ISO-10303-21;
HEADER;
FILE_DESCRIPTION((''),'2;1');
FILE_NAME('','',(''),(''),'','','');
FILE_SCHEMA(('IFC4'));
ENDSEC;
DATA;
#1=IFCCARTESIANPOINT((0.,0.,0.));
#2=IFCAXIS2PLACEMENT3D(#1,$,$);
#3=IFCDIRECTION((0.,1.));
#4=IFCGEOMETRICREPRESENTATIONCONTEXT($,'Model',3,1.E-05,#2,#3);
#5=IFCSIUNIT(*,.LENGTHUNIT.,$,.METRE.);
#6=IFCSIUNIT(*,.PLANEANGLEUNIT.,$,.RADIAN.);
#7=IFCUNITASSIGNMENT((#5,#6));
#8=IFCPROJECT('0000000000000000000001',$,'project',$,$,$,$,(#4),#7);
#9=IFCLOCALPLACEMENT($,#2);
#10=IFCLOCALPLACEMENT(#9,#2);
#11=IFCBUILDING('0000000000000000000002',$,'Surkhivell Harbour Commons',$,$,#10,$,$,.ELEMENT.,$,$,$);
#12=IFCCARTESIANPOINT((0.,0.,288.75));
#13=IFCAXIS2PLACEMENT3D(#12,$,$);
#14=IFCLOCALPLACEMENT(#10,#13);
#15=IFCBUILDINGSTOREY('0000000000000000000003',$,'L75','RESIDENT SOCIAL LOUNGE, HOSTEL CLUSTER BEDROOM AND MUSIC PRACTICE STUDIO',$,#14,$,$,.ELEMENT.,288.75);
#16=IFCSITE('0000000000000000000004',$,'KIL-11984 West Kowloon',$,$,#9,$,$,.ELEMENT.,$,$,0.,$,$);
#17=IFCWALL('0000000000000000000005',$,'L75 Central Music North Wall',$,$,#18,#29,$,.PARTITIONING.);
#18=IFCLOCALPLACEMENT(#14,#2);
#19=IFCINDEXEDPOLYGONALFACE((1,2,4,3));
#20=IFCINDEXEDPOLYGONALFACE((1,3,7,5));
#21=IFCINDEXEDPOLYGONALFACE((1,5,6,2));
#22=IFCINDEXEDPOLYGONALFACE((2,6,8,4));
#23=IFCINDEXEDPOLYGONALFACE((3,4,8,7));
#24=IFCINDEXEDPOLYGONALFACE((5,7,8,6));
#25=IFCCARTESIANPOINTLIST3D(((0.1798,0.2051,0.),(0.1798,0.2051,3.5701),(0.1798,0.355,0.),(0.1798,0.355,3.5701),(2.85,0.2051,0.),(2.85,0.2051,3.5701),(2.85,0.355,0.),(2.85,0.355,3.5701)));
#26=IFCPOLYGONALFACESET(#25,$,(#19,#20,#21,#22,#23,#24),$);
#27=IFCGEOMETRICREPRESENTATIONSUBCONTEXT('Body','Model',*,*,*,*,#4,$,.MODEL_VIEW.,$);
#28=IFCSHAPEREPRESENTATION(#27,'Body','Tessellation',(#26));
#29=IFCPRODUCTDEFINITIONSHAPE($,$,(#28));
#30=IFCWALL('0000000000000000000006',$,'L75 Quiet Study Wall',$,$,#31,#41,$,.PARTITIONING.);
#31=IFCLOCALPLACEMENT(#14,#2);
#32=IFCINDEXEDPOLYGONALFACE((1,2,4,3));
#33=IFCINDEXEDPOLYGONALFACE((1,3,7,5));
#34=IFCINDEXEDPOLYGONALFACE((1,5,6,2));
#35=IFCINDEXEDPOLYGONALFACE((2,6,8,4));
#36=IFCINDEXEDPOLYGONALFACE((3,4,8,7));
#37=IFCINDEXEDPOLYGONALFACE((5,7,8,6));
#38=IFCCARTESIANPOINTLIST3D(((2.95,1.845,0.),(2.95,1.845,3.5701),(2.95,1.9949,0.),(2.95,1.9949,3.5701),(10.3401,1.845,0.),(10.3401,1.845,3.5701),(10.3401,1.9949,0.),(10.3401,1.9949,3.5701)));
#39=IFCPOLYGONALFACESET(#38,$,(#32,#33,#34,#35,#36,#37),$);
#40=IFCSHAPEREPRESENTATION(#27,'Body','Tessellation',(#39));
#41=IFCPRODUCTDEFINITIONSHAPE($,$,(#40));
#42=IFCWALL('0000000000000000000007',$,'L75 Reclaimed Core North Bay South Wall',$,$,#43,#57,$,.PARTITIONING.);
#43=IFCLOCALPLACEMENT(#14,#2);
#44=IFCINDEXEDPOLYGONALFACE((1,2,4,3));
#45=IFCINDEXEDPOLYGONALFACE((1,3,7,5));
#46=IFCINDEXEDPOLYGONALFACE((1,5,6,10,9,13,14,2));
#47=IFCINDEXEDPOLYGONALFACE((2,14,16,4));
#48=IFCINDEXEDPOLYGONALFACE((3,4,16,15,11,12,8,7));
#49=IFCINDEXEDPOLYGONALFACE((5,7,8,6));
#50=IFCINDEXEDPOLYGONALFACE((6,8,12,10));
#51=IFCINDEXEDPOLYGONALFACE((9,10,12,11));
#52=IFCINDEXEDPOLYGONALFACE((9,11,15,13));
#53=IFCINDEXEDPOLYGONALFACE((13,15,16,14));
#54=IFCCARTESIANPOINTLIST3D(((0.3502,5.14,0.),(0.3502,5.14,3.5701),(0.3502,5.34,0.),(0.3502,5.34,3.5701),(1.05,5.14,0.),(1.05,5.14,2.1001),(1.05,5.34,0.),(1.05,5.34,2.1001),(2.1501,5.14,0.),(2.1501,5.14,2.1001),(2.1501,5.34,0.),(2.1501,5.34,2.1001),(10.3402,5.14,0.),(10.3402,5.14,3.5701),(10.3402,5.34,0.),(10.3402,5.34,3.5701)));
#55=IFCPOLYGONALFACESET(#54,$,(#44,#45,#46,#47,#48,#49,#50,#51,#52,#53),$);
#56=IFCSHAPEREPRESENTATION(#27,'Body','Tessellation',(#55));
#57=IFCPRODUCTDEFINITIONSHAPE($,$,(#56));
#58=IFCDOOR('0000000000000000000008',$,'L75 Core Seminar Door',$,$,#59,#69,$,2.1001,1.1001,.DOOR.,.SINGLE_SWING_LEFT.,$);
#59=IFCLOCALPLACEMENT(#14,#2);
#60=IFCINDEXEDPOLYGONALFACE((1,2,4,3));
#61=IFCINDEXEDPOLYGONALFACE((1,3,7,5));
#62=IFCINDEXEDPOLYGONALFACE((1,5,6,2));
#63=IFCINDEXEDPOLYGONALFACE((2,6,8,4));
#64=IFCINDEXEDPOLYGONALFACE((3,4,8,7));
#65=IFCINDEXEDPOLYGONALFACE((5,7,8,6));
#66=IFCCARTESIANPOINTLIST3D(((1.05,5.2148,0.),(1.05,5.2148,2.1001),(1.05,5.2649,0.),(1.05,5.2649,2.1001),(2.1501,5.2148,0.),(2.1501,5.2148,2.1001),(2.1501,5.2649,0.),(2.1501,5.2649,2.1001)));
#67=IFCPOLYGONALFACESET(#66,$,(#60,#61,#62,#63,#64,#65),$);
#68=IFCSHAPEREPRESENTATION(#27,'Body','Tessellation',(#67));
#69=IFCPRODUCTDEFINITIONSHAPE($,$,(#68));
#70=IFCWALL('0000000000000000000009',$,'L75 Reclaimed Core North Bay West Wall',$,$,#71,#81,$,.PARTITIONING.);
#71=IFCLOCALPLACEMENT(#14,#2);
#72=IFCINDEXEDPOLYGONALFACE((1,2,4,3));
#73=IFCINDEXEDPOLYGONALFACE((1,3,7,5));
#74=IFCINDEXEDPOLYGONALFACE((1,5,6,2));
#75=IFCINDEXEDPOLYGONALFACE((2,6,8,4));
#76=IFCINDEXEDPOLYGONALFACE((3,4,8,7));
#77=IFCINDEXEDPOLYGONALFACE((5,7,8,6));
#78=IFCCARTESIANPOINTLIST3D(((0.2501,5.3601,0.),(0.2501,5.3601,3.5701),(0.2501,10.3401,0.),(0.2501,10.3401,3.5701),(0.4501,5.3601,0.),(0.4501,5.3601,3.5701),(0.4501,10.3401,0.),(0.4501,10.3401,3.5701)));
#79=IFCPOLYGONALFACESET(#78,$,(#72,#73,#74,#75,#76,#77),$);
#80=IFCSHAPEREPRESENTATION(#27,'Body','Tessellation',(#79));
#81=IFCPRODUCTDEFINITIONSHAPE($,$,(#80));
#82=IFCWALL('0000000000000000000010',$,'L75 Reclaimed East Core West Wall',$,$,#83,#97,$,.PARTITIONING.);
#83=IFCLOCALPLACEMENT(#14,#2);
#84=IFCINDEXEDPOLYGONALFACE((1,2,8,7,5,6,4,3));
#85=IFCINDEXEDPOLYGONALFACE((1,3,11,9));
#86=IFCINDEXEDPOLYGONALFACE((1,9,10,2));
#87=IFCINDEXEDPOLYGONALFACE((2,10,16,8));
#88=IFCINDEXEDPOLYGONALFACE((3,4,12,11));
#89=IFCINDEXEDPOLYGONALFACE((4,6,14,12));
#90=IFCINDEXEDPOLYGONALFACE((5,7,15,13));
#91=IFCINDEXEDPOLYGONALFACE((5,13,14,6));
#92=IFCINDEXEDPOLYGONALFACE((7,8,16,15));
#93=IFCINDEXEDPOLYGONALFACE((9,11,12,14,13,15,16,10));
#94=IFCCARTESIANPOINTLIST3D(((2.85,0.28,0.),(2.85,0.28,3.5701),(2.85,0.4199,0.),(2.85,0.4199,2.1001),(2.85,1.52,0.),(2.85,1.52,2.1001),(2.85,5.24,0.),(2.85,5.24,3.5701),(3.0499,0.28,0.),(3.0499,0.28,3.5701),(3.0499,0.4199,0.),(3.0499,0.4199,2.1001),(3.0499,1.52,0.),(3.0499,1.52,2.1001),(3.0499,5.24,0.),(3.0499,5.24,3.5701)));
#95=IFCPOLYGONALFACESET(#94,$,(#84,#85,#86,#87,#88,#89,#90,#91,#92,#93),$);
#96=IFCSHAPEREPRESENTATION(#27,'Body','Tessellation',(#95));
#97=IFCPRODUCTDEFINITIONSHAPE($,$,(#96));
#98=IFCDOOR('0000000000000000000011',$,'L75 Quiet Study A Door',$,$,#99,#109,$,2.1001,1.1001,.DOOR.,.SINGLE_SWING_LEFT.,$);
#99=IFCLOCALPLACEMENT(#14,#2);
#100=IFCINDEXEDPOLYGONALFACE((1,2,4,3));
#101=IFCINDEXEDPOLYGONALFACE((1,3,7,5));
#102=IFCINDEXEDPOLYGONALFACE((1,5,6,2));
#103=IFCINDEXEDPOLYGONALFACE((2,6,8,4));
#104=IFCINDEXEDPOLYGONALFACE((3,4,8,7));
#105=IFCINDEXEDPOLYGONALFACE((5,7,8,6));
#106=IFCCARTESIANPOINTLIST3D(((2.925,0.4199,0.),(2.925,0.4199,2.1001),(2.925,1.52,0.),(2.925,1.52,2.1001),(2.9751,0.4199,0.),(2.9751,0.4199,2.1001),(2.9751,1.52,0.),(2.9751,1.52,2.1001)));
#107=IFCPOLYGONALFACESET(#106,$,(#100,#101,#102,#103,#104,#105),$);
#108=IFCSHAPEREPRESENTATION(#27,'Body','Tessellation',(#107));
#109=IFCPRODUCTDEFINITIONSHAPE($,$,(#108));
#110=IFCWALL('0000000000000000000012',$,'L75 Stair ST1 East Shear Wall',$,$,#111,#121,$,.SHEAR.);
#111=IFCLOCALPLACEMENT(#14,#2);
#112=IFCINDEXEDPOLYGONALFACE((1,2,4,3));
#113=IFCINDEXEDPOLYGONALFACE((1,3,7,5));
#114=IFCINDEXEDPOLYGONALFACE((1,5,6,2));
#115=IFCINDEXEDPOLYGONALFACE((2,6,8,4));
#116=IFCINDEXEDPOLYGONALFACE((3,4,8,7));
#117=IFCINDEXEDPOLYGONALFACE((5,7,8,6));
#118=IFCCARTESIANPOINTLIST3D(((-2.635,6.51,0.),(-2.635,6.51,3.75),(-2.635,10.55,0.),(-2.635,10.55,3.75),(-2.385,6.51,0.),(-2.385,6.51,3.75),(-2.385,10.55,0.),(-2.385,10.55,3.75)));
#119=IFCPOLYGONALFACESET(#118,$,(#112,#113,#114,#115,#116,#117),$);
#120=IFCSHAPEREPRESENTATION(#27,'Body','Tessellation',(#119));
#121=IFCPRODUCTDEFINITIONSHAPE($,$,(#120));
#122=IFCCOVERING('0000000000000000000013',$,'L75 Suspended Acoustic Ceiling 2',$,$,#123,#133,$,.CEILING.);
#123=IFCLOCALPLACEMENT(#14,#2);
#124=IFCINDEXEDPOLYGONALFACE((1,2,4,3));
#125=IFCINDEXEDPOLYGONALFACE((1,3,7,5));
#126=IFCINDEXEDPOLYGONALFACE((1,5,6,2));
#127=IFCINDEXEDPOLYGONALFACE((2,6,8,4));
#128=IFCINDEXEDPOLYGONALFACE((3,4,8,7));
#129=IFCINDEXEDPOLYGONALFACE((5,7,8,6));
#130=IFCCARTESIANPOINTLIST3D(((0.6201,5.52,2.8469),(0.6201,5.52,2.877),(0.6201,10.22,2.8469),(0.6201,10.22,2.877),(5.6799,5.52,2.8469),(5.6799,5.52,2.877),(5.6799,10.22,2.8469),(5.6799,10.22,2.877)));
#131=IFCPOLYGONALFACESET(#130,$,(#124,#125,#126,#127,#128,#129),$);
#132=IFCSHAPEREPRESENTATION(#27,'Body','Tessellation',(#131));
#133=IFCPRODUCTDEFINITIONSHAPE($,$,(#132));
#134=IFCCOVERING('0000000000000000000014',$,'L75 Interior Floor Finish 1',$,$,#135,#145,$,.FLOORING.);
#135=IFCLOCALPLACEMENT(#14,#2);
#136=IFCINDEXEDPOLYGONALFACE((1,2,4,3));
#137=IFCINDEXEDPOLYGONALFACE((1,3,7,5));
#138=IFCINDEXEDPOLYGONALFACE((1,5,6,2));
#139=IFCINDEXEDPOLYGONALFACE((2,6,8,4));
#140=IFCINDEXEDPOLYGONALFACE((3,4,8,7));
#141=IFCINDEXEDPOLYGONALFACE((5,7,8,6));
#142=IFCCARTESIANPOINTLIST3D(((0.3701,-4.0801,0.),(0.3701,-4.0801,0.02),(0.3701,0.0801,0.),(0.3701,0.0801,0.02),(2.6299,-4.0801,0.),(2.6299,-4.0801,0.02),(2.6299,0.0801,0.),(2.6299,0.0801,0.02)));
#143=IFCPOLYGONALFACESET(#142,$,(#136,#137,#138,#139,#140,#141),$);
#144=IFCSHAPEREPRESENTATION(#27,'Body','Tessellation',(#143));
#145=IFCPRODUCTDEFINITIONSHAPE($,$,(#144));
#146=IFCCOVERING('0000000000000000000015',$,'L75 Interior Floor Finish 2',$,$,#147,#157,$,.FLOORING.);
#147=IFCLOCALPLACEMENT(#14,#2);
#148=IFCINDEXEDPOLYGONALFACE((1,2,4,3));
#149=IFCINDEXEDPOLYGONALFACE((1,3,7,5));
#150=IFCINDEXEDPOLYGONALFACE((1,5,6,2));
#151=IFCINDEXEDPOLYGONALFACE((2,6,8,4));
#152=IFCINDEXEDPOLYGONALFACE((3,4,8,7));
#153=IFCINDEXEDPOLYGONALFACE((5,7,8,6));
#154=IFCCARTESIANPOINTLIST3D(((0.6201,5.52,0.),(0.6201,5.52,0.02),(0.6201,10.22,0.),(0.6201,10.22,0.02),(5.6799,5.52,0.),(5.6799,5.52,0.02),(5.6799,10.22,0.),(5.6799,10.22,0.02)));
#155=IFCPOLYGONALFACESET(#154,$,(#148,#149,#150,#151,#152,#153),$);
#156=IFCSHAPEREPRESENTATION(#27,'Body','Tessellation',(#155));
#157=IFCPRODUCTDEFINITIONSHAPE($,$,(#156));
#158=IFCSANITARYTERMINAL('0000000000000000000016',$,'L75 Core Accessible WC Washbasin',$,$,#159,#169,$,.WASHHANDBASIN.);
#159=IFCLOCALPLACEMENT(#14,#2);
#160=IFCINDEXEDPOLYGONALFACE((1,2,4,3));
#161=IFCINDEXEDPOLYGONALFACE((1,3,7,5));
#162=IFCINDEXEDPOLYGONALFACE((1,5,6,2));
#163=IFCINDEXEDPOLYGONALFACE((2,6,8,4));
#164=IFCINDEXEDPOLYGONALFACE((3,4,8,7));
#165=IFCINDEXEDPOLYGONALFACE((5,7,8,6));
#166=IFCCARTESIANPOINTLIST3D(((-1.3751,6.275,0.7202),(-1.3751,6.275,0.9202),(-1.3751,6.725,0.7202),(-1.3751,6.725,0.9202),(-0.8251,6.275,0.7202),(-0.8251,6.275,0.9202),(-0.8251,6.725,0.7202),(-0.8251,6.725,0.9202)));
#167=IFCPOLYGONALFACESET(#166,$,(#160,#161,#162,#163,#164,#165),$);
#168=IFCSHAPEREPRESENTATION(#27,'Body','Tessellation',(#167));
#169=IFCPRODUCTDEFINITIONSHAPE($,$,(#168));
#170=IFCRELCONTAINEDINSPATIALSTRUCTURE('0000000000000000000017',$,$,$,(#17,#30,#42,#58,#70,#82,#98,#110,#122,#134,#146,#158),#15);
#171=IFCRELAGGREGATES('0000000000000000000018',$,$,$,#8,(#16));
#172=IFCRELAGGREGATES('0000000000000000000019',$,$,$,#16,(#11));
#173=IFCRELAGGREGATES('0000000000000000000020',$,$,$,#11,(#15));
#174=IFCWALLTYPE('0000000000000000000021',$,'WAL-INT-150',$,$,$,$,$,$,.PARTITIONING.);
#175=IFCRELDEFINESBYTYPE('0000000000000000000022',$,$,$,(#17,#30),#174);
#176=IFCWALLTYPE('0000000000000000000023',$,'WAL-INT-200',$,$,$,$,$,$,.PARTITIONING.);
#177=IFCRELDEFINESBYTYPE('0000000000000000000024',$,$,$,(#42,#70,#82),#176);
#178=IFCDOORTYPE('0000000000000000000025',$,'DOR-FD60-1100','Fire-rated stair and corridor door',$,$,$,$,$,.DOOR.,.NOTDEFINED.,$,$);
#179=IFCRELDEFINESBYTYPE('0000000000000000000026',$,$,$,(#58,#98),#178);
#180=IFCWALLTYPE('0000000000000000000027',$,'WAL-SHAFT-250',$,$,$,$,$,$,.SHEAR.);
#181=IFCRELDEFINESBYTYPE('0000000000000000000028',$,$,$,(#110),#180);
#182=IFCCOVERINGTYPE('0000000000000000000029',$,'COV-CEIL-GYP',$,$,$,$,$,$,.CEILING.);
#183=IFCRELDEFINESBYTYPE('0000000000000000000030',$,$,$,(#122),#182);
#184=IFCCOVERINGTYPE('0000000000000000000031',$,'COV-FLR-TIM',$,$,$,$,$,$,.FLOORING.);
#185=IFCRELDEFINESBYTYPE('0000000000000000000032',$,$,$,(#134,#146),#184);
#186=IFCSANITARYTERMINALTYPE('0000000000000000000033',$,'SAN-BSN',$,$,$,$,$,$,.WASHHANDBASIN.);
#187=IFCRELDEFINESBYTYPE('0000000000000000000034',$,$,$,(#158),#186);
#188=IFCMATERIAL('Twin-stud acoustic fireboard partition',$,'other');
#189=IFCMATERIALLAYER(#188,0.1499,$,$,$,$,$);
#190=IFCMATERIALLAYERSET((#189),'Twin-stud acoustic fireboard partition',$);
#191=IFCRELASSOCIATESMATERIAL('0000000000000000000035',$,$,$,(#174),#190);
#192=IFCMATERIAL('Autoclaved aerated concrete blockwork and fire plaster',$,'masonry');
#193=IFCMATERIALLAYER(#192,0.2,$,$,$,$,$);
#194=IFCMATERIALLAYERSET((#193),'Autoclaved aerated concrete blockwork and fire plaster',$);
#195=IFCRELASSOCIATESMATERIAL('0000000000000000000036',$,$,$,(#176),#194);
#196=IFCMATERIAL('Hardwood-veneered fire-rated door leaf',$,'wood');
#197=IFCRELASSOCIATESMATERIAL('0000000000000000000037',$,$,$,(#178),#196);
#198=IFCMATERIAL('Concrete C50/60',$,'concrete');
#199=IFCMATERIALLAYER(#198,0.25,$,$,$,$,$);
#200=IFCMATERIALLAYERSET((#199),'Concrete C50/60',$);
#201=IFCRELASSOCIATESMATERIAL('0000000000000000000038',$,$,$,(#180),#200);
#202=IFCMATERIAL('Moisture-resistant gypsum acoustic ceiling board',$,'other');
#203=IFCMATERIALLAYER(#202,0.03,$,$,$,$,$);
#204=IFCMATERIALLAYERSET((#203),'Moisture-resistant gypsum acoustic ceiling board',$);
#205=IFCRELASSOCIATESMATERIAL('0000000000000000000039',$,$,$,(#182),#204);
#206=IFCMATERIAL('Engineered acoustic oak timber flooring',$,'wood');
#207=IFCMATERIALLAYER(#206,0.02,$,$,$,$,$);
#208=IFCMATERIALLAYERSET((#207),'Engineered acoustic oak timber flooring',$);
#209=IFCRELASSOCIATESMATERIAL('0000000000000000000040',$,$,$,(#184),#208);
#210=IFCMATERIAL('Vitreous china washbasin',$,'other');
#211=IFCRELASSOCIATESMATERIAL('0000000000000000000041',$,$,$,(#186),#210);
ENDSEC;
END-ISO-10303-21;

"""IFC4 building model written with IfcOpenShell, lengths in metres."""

from ifc_helpers import new_model, si_unit, direction, frame, frame_2d, origin, origin_2d, place, context, subcontext, project, spatial, polyline, rectangle, outline, extrude, material, layer, layer_set, type_object, element, fill, save


model = new_model("IFC4")

# Units and contexts
model_context = context("Model", 3, precision=1e-05, world=origin(), true_north=direction((0.0, 1.0)))
body_context = subcontext(model_context, "Body", "Model", "MODEL_VIEW")
ifc_project = project(units=[si_unit("LENGTHUNIT", "METRE"), si_unit("PLANEANGLEUNIT", "RADIAN")], contexts=[model_context])

# Site, building, storey
site_placement = place(None, origin())
site = spatial("IfcSite", under=ifc_project, at=site_placement, Name="KIL-11984 West Kowloon", CompositionType="ELEMENT", RefElevation=0.0)
building_placement = place(site_placement, origin())
building = spatial("IfcBuilding", under=site, at=building_placement, Name="Surkhivell Harbour Commons", CompositionType="ELEMENT")
storey_placement = place(building_placement, frame((0.0, 0.0, 288.75)))
storey = spatial("IfcBuildingStorey", under=building, at=storey_placement, Name="L75", Description="RESIDENT SOCIAL LOUNGE, HOSTEL CLUSTER BEDROOM AND MUSIC PRACTICE STUDIO", CompositionType="ELEMENT", Elevation=288.75)

# Shared definitions
ifc_material_1 = material(Name="Concrete C50/60", Category="concrete")

# Shared definitions
ifc_material_2 = material(Name="Twin-stud acoustic fireboard partition", Category="other")
ifc_layer_1 = layer(ifc_material_2, 0.1499)
ifc_layer_set_1 = layer_set([ifc_layer_1], Name="Twin-stud acoustic fireboard partition")
wall_type_1 = type_object("IfcWallType", Name="WAL-INT-150", PredefinedType="PARTITIONING", material=ifc_layer_set_1)
ifc_material_3 = material(Name="Hardwood-veneered fire-rated door leaf", Category="wood")

# Walls
wall_1_placement = place(storey_placement, frame((0.1799, 0.28, 0.0), z_axis=(0.0, 0.0, 1.0), x_axis=(1.0, 0.0, 0.0)))
element("IfcWall", 1, at=wall_1_placement, inside=storey, type_object=wall_type_1, Name="L75 Central Music North Wall", PredefinedType="PARTITIONING", context=body_context, shape_type="SweptSolid", body=[
    extrude(rectangle(XDim=2.6702, YDim=0.1499, at=frame_2d((1.335, 0.0))), origin(), (0.0, 0.0, 1.0), 3.5701),
])
wall_2_placement = place(storey_placement, frame((2.95, 1.9199, 0.0), z_axis=(0.0, 0.0, 1.0), x_axis=(1.0, 0.0, 0.0)))
element("IfcWall", 2, at=wall_2_placement, inside=storey, type_object=wall_type_1, Name="L75 Quiet Study Wall", PredefinedType="PARTITIONING", context=body_context, shape_type="SweptSolid", body=[
    extrude(rectangle(XDim=7.3901, YDim=0.1499, at=frame_2d((3.6951, 0.0))), origin(), (0.0, 0.0, 1.0), 3.5701),
])

# Wall, opening, door
ifc_material_4 = material(Name="Autoclaved aerated concrete blockwork and fire plaster", Category="masonry")
ifc_layer_2 = layer(ifc_material_4, 0.2)
ifc_layer_set_2 = layer_set([ifc_layer_2], Name="Autoclaved aerated concrete blockwork and fire plaster")
wall_type_2 = type_object("IfcWallType", Name="WAL-INT-200", PredefinedType="PARTITIONING", material=ifc_layer_set_2)
wall_3_placement = place(storey_placement, frame((0.3501, 5.24, 0.0), z_axis=(0.0, 0.0, 1.0), x_axis=(1.0, 0.0, 0.0)))
wall_3 = element("IfcWall", 3, at=wall_3_placement, inside=storey, type_object=wall_type_2, Name="L75 Reclaimed Core North Bay South Wall", PredefinedType="PARTITIONING", context=body_context, shape_type="SweptSolid", body=[
    extrude(rectangle(XDim=9.99, YDim=0.2, at=frame_2d((4.9951, 0.0))), origin(), (0.0, 0.0, 1.0), 3.5701),
])
opening_1_placement = place(wall_3_placement, frame((0.7, 0.0, 0.0)))
opening_1 = element("IfcOpeningElement", 4, at=opening_1_placement, cuts=wall_3, PredefinedType="OPENING", context=body_context, shape_type="SweptSolid", body=[
    extrude(rectangle(XDim=1.1001, YDim=2.1001, at=frame_2d((0.55, 1.05))), frame((0.0, 0.1099, 0.0), z_axis=(0.0, -1.0, 0.0), x_axis=(1.0, 0.0, 0.0)), (0.0, 0.0, 1.0), 0.22),
])
door_type_1 = type_object("IfcDoorType", Name="DOR-FD60-1100", Description="Fire-rated stair and corridor door", OperationType="NOTDEFINED", PredefinedType="DOOR", material=ifc_material_3)
door_1_placement = place(opening_1_placement, origin())
door_1 = element("IfcDoor", 5, at=door_1_placement, inside=storey, type_object=door_type_1, Name="L75 Core Seminar Door", OperationType="SINGLE_SWING_LEFT", OverallHeight=2.1001, OverallWidth=1.1001, PredefinedType="DOOR", context=body_context, shape_type="SweptSolid", body=[
    extrude(rectangle(XDim=1.1001, YDim=2.1001, at=frame_2d((0.55, 1.05))), frame((0.0, 0.0249, 0.0), z_axis=(0.0, -1.0, 0.0), x_axis=(1.0, 0.0, 0.0)), (0.0, 0.0, 1.0), 0.05),
])
fill(opening_1, door_1)

# Wall
wall_4_placement = place(storey_placement, frame((0.3501, 5.3601, 0.0), z_axis=(0.0, 0.0, 1.0), x_axis=(0.0, 1.0, 0.0)))
element("IfcWall", 6, at=wall_4_placement, inside=storey, type_object=wall_type_2, Name="L75 Reclaimed Core North Bay West Wall", PredefinedType="PARTITIONING", context=body_context, shape_type="SweptSolid", body=[
    extrude(rectangle(XDim=4.98, YDim=0.2, at=frame_2d((2.49, 0.0))), origin(), (0.0, 0.0, 1.0), 3.5701),
])

# Wall, opening, door
wall_5_placement = place(storey_placement, frame((2.95, 0.28, 0.0), z_axis=(0.0, 0.0, 1.0), x_axis=(0.0, 1.0, 0.0)))
wall_5 = element("IfcWall", 7, at=wall_5_placement, inside=storey, type_object=wall_type_2, Name="L75 Reclaimed East Core West Wall", PredefinedType="PARTITIONING", context=body_context, shape_type="SweptSolid", body=[
    extrude(rectangle(XDim=4.96, YDim=0.2, at=frame_2d((2.48, 0.0))), origin(), (0.0, 0.0, 1.0), 3.5701),
])
opening_2_placement = place(wall_5_placement, frame((0.1399, 0.0, 0.0)))
opening_2 = element("IfcOpeningElement", 8, at=opening_2_placement, cuts=wall_5, PredefinedType="OPENING", context=body_context, shape_type="SweptSolid", body=[
    extrude(rectangle(XDim=1.1001, YDim=2.1001, at=frame_2d((0.55, 1.05))), frame((0.0, 0.1099, 0.0), z_axis=(0.0, -1.0, 0.0), x_axis=(1.0, 0.0, 0.0)), (0.0, 0.0, 1.0), 0.22),
])
door_2_placement = place(opening_2_placement, origin())
door_2 = element("IfcDoor", 9, at=door_2_placement, inside=storey, type_object=door_type_1, Name="L75 Quiet Study A Door", OperationType="SINGLE_SWING_LEFT", OverallHeight=2.1001, OverallWidth=1.1001, PredefinedType="DOOR", context=body_context, shape_type="SweptSolid", body=[
    extrude(rectangle(XDim=1.1001, YDim=2.1001, at=frame_2d((0.55, 1.05))), frame((0.0, 0.0249, 0.0), z_axis=(0.0, -1.0, 0.0), x_axis=(1.0, 0.0, 0.0)), (0.0, 0.0, 1.0), 0.05),
])
fill(opening_2, door_2)

# Wall
ifc_layer_3 = layer(ifc_material_1, 0.25)
ifc_layer_set_3 = layer_set([ifc_layer_3], Name="Concrete C50/60")
wall_type_3 = type_object("IfcWallType", Name="WAL-SHAFT-250", PredefinedType="SHEAR", material=ifc_layer_set_3)
wall_6_placement = place(storey_placement, frame((-2.51, 6.51, 0.0), z_axis=(0.0, 0.0, 1.0), x_axis=(0.0, 1.0, 0.0)))
element("IfcWall", 10, at=wall_6_placement, inside=storey, type_object=wall_type_3, Name="L75 Stair ST1 East Shear Wall", PredefinedType="SHEAR", context=body_context, shape_type="SweptSolid", body=[
    extrude(rectangle(XDim=4.04, YDim=0.25, at=frame_2d((2.02, 0.0))), origin(), (0.0, 0.0, 1.0), 3.75),
])

# Coverings
ifc_material_5 = material(Name="Moisture-resistant gypsum acoustic ceiling board", Category="other")
ifc_layer_4 = layer(ifc_material_5, 0.03)
ifc_layer_set_4 = layer_set([ifc_layer_4], Name="Moisture-resistant gypsum acoustic ceiling board")
covering_type_1 = type_object("IfcCoveringType", Name="COV-CEIL-GYP", PredefinedType="CEILING", material=ifc_layer_set_4)
covering_1_placement = place(storey_placement, frame((0.0, 0.0, 2.8469)))
element("IfcCovering", 11, at=covering_1_placement, inside=storey, type_object=covering_type_1, Name="L75 Suspended Acoustic Ceiling 2", PredefinedType="CEILING", context=body_context, shape_type="SweptSolid", body=[
    extrude(outline(polyline([(0.6201, 5.52), (5.6799, 5.52), (5.6799, 10.22), (0.6201, 10.22), (0.6201, 5.52)])), origin(), (0.0, 0.0, 1.0), 0.03),
])
ifc_material_6 = material(Name="Engineered acoustic oak timber flooring", Category="wood")
ifc_layer_5 = layer(ifc_material_6, 0.02)
ifc_layer_set_5 = layer_set([ifc_layer_5], Name="Engineered acoustic oak timber flooring")
covering_type_2 = type_object("IfcCoveringType", Name="COV-FLR-TIM", PredefinedType="FLOORING", material=ifc_layer_set_5)
covering_2_placement = place(storey_placement, origin())
element("IfcCovering", 12, at=covering_2_placement, inside=storey, type_object=covering_type_2, Name="L75 Interior Floor Finish 1", PredefinedType="FLOORING", context=body_context, shape_type="SweptSolid", body=[
    extrude(outline(polyline([(0.3701, -4.0801), (2.6299, -4.0801), (2.6299, 0.0801), (0.3701, 0.0801), (0.3701, -4.0801)])), origin(), (0.0, 0.0, 1.0), 0.02),
])
covering_3_placement = place(storey_placement, origin())
element("IfcCovering", 13, at=covering_3_placement, inside=storey, type_object=covering_type_2, Name="L75 Interior Floor Finish 2", PredefinedType="FLOORING", context=body_context, shape_type="SweptSolid", body=[
    extrude(outline(polyline([(0.6201, 5.52), (5.6799, 5.52), (5.6799, 10.22), (0.6201, 10.22), (0.6201, 5.52)])), origin(), (0.0, 0.0, 1.0), 0.02),
])

# Sanitary terminal
ifc_material_7 = material(Name="Vitreous china washbasin", Category="other")
sanitary_terminal_type_1 = type_object("IfcSanitaryTerminalType", Name="SAN-BSN", PredefinedType="WASHHANDBASIN", material=ifc_material_7)
sanitary_terminal_1_placement = place(storey_placement, frame((-1.1001, 6.5, 0.7202), z_axis=(0.0, 0.0, 1.0), x_axis=(1.0, 0.0, 0.0)))
element("IfcSanitaryTerminal", 14, at=sanitary_terminal_1_placement, inside=storey, type_object=sanitary_terminal_type_1, Name="L75 Core Accessible WC Washbasin", PredefinedType="WASHHANDBASIN", context=body_context, shape_type="SweptSolid", body=[
    extrude(rectangle(XDim=0.55, YDim=0.45, at=origin_2d()), origin(), (0.0, 0.0, 1.0), 0.2),
])

save(model, "model.ifc")
